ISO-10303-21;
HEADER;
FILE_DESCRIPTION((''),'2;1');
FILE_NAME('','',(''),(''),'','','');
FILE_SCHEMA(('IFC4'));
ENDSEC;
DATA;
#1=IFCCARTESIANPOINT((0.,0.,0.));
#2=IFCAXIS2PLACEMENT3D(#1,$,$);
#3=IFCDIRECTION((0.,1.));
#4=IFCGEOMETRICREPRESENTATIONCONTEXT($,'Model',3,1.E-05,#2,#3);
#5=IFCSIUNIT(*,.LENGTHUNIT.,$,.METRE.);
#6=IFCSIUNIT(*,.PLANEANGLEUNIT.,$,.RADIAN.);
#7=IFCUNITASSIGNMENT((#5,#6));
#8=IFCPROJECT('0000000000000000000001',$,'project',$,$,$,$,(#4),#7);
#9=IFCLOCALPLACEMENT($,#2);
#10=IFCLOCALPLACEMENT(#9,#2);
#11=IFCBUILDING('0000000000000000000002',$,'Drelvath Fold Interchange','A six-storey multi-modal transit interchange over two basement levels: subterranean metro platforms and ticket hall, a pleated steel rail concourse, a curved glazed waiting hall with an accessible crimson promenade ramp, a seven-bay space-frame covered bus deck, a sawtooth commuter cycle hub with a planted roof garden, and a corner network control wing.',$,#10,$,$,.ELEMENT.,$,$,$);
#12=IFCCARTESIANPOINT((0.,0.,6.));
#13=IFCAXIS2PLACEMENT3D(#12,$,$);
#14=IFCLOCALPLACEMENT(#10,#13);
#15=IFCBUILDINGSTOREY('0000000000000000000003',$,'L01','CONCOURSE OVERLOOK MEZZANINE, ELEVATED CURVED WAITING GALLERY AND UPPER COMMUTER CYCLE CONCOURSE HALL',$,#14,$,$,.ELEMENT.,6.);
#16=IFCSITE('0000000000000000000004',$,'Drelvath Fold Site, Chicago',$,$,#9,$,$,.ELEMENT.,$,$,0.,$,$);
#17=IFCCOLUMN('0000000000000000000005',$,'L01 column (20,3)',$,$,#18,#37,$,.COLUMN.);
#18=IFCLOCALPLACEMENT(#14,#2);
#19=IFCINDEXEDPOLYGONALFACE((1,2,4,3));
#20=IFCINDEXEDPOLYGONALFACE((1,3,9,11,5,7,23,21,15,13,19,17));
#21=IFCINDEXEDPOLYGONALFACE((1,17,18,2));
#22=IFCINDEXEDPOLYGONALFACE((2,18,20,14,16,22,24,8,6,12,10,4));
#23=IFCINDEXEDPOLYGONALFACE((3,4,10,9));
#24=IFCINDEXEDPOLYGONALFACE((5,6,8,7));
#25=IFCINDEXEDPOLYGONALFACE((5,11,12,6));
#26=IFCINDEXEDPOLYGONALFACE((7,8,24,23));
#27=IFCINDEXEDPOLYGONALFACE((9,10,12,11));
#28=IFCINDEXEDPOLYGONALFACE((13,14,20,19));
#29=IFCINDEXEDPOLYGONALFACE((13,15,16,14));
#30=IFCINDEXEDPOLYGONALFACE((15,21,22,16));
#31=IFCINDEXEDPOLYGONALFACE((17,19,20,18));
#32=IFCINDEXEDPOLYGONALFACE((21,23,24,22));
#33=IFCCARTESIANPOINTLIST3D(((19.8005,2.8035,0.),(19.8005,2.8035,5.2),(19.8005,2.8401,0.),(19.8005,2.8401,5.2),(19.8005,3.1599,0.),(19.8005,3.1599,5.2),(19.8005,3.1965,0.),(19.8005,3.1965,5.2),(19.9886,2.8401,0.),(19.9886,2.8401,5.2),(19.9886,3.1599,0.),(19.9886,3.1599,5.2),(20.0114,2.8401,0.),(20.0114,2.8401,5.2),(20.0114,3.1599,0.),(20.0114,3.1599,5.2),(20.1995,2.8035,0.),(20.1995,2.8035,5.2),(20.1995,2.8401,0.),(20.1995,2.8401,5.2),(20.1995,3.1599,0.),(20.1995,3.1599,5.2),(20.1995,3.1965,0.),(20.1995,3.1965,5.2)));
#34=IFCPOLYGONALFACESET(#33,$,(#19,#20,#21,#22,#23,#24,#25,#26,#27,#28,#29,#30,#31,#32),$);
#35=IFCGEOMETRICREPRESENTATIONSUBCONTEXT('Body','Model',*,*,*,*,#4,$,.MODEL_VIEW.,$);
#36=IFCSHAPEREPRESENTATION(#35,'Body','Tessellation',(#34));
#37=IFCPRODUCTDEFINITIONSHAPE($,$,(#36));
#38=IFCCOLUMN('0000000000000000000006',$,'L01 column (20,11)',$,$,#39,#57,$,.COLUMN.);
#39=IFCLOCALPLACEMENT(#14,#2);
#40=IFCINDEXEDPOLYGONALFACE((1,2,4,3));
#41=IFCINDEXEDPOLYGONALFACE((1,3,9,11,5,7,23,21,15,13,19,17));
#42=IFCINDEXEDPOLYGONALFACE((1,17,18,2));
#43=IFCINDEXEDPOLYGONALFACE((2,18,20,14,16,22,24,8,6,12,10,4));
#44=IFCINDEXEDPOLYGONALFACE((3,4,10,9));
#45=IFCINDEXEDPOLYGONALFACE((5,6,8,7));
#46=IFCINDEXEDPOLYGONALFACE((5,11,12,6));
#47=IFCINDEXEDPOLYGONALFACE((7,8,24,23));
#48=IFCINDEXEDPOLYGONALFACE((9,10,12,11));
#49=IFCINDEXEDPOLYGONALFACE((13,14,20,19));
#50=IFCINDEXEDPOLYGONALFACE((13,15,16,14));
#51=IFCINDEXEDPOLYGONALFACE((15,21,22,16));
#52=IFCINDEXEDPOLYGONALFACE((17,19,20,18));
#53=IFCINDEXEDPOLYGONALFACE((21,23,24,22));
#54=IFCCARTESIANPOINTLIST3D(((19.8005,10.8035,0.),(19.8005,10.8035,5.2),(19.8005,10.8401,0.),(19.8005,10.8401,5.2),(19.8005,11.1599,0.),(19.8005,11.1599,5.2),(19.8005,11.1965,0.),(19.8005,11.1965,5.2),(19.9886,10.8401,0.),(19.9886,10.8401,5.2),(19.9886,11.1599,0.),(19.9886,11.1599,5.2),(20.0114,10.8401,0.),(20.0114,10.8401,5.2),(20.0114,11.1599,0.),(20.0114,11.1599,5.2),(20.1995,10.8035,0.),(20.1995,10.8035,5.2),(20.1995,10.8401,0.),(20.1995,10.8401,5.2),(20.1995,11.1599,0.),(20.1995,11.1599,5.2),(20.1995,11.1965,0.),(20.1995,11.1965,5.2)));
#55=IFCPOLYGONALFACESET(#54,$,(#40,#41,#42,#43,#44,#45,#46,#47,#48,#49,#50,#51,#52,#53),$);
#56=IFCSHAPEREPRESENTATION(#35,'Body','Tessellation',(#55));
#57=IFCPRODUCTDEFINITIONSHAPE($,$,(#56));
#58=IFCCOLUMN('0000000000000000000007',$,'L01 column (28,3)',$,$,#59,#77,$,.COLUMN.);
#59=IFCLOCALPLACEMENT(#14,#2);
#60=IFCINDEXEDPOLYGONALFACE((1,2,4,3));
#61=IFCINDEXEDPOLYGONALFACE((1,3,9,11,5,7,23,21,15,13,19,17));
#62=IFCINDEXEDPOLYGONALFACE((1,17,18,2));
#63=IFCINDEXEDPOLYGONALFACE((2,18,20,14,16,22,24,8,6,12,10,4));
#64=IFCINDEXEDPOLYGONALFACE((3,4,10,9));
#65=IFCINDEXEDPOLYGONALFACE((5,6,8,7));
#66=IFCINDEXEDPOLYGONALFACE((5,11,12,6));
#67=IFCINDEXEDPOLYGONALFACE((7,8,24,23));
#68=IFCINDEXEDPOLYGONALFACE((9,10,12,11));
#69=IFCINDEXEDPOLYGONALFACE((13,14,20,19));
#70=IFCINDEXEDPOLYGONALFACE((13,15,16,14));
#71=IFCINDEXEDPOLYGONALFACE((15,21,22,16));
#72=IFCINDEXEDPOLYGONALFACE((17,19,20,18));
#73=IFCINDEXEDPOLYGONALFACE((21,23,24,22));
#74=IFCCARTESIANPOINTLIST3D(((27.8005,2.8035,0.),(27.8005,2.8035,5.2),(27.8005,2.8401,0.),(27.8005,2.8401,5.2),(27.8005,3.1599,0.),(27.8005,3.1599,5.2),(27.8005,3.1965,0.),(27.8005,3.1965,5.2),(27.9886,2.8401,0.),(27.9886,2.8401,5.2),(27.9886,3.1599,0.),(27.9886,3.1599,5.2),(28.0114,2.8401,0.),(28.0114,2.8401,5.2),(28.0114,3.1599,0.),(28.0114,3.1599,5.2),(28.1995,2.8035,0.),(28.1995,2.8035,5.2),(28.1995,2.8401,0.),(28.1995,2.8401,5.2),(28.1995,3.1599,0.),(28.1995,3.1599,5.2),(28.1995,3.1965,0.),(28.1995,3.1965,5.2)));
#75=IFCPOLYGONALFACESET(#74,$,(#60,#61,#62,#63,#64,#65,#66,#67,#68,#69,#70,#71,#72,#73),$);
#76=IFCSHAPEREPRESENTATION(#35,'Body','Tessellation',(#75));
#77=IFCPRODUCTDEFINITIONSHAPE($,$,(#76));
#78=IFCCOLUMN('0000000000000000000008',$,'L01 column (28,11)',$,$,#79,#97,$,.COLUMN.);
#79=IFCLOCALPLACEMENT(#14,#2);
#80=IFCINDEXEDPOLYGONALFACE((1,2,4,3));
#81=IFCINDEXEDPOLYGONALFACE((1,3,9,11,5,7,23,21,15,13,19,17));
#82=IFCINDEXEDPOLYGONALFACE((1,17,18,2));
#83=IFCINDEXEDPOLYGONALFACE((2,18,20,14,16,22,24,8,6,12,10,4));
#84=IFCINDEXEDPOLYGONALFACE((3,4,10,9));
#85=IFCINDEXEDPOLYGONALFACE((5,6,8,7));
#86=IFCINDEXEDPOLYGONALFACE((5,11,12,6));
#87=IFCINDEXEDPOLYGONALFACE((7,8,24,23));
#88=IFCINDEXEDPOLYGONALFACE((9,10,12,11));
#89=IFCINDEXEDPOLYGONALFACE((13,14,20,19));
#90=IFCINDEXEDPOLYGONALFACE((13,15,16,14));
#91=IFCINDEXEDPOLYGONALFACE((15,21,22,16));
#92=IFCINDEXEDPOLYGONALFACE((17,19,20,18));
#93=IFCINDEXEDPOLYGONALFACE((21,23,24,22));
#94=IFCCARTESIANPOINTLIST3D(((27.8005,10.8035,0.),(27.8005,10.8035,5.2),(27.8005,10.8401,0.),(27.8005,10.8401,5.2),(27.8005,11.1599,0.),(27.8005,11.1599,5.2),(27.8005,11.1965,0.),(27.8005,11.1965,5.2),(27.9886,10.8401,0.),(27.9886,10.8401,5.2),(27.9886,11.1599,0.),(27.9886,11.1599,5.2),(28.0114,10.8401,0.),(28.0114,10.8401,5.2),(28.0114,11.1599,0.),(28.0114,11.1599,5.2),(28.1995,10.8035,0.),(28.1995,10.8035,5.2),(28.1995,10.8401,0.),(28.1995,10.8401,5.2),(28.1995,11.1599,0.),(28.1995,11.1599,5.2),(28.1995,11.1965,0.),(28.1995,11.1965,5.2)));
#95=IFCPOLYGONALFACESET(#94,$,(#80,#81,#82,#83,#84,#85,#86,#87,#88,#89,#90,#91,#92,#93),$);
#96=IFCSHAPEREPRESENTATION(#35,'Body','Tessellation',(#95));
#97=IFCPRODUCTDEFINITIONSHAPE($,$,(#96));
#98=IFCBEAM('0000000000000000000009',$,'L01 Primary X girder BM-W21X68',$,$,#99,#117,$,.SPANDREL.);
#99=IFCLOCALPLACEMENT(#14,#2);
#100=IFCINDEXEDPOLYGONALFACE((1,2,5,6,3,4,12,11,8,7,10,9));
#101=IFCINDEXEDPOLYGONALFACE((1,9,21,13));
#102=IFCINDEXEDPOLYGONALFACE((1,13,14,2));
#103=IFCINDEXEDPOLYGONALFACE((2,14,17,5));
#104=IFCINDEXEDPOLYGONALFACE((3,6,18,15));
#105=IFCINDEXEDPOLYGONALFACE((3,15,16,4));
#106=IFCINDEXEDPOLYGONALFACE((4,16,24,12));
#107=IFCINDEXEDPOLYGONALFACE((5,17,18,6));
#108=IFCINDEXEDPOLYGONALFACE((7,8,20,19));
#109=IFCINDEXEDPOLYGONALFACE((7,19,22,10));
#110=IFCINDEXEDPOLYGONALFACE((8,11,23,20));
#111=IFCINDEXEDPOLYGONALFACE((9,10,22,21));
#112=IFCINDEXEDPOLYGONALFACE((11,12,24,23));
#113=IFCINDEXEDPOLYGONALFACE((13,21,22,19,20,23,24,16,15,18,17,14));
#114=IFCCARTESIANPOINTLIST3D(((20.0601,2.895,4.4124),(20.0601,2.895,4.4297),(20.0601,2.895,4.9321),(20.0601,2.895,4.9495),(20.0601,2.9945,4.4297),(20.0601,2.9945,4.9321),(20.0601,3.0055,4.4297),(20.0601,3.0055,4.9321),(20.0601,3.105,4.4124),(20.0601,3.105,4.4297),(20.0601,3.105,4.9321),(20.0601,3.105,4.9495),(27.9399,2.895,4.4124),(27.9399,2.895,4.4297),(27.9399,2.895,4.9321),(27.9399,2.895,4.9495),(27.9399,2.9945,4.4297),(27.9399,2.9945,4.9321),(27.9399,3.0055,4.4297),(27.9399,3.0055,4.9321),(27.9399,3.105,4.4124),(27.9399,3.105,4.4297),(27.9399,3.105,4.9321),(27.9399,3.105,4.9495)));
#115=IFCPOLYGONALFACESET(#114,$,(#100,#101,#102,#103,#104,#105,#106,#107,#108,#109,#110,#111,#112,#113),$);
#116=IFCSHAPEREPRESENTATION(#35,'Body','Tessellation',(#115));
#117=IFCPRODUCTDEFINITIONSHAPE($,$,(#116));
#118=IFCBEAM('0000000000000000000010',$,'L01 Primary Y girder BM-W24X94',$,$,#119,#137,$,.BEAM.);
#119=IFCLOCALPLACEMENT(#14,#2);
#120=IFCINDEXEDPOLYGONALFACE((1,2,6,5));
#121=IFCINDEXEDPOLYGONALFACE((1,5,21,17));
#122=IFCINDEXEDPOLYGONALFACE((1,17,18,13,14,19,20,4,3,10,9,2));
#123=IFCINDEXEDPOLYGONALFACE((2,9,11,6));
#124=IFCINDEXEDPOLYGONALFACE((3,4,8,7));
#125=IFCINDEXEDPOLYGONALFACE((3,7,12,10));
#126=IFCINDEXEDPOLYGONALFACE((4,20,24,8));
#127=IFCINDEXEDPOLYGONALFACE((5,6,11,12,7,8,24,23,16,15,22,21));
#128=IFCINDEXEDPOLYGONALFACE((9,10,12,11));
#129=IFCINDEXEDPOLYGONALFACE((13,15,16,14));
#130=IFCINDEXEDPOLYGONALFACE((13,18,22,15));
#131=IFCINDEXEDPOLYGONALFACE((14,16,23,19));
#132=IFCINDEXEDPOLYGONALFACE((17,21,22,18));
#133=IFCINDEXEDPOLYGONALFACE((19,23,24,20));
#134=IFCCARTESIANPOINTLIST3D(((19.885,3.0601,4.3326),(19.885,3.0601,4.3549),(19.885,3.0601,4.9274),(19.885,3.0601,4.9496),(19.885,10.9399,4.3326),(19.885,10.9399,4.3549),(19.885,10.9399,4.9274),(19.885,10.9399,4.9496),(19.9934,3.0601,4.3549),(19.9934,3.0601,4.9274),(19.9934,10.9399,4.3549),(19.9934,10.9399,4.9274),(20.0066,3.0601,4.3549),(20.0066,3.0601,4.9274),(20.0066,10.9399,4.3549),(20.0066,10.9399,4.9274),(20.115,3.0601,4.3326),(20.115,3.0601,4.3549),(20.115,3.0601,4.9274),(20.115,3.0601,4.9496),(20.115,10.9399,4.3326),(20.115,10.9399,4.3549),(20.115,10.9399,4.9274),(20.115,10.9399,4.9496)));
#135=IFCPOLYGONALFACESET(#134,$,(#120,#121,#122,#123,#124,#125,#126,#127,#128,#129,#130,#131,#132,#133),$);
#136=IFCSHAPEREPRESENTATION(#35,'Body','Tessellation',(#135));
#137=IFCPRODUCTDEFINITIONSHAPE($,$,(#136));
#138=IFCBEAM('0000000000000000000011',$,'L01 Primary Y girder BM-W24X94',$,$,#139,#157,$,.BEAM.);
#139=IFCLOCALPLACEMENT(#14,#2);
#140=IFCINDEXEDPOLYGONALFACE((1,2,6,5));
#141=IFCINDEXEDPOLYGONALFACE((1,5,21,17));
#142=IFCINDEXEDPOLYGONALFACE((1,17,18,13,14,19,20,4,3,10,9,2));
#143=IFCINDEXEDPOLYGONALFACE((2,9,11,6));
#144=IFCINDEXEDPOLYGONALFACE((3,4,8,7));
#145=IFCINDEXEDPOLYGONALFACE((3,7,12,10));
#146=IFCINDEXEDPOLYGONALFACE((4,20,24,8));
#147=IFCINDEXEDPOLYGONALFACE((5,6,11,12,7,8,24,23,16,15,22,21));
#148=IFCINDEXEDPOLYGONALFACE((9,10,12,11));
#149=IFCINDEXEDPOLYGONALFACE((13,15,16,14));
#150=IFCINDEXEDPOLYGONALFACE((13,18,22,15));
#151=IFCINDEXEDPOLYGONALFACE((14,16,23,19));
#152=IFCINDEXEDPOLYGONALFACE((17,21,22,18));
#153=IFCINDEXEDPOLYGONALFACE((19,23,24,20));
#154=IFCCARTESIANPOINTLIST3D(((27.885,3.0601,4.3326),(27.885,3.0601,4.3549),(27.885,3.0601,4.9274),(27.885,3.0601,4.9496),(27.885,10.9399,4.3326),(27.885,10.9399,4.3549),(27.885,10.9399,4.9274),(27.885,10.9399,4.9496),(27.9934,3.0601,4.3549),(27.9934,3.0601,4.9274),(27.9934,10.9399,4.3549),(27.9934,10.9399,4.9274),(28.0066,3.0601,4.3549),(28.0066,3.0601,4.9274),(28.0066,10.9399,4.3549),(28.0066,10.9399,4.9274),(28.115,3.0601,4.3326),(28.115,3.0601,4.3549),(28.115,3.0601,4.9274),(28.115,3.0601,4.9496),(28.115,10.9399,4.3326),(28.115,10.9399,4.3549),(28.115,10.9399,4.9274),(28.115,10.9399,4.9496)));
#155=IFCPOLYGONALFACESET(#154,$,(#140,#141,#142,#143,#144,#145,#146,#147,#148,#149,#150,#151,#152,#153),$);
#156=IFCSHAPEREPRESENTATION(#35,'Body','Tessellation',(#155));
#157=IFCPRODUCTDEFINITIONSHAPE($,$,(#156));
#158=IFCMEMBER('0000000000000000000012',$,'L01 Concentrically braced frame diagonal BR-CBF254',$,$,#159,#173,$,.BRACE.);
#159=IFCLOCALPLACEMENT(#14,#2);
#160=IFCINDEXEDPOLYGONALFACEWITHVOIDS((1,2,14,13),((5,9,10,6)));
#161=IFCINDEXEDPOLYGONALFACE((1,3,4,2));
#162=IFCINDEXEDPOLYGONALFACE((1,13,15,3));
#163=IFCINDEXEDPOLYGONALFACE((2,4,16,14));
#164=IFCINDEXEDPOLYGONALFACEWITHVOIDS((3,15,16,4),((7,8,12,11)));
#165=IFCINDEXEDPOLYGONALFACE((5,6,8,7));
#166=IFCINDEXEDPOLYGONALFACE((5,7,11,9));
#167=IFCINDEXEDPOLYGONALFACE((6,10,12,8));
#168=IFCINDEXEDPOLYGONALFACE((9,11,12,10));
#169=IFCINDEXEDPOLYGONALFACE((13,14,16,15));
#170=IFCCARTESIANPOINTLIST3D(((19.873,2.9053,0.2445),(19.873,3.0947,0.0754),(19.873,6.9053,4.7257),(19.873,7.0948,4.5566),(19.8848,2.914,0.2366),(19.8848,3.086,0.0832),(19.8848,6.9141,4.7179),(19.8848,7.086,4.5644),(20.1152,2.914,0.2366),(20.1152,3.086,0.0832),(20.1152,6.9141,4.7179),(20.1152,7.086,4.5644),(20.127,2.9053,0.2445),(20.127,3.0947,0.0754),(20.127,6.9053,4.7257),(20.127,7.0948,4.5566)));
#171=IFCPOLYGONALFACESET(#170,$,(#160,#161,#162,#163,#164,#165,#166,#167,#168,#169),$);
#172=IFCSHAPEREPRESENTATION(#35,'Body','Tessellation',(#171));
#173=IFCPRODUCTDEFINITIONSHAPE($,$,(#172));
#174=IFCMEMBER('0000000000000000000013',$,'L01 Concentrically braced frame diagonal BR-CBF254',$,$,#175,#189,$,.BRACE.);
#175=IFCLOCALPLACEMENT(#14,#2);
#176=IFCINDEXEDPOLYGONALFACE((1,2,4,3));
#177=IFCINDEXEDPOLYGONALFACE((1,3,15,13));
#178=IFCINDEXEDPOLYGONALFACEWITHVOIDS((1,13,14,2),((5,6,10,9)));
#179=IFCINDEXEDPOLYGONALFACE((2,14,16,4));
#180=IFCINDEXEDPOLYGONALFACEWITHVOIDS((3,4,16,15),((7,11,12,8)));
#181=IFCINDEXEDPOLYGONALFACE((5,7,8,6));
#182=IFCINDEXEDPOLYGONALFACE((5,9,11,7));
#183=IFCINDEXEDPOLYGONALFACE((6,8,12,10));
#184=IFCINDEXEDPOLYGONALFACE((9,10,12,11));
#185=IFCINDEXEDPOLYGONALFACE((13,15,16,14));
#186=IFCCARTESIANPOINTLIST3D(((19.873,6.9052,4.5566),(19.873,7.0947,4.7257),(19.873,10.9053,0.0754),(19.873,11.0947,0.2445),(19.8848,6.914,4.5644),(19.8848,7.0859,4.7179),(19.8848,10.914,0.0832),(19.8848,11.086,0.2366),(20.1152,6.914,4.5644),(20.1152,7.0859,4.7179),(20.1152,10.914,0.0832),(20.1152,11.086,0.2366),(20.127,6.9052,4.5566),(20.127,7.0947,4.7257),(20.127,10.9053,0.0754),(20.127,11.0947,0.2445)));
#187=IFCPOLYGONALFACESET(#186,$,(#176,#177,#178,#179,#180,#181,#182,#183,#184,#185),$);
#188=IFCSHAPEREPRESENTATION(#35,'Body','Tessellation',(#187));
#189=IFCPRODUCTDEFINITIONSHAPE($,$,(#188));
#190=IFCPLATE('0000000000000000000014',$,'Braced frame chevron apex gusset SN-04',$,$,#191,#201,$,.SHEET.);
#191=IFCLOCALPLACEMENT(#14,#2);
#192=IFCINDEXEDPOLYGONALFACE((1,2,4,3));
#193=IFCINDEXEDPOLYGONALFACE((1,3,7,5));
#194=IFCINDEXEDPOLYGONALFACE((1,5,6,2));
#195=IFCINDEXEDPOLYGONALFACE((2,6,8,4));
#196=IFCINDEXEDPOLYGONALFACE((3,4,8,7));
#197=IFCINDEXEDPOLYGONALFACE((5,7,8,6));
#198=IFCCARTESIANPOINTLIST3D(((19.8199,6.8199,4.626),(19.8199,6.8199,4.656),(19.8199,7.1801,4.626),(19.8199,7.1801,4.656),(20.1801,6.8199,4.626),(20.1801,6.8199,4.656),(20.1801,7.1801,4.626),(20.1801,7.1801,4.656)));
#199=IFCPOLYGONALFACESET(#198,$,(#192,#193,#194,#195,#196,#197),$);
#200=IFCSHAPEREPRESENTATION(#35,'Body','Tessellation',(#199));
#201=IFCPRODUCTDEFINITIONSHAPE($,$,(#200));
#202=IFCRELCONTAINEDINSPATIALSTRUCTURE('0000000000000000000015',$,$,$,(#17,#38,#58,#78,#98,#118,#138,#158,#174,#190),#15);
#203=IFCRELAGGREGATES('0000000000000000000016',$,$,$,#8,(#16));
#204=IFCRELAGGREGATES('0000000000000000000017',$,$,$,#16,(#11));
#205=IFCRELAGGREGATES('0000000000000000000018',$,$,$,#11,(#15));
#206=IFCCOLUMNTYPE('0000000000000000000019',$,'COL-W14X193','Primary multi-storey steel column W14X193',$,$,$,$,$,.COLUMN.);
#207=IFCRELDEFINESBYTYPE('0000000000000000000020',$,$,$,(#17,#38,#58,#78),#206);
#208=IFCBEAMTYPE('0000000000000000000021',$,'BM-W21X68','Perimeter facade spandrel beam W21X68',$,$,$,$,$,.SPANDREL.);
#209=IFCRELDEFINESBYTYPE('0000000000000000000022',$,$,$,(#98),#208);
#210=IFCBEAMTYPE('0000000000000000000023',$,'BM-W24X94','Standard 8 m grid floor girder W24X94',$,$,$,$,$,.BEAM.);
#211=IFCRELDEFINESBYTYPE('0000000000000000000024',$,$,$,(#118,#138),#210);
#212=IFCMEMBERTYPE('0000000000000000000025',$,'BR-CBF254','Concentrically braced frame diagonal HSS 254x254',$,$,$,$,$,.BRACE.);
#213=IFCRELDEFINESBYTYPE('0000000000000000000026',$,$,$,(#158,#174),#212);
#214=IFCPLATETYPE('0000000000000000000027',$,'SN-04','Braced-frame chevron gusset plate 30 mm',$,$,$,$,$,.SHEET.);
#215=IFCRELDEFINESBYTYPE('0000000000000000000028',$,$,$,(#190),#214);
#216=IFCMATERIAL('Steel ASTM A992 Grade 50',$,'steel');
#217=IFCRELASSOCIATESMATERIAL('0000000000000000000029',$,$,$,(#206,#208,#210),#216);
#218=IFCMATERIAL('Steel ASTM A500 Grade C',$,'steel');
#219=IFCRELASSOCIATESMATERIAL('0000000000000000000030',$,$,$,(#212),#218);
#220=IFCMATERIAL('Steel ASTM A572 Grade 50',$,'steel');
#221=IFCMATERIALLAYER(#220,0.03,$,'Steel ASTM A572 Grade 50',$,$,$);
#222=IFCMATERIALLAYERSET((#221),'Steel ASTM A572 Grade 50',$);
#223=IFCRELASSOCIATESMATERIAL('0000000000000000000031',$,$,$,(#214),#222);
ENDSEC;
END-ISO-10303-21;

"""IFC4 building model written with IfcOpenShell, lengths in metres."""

from ifc_helpers import new_model, si_unit, direction, frame, origin, origin_2d, place, context, subcontext, project, spatial, rectangle, hollow_rectangle, i_section, extrude, material, layer, layer_set, material_profile, profile_set, type_object, element, save


model = new_model("IFC4")

# Units and contexts
model_context = context("Model", 3, precision=1e-05, world=origin(), true_north=direction((0.0, 1.0)))
body_context = subcontext(model_context, "Body", "Model", "MODEL_VIEW")
ifc_project = project(units=[si_unit("LENGTHUNIT", "METRE"), si_unit("PLANEANGLEUNIT", "RADIAN")], contexts=[model_context])

# Site, building, storey
site_placement = place(None, origin())
site = spatial("IfcSite", under=ifc_project, at=site_placement, Name="Drelvath Fold Site, Chicago", CompositionType="ELEMENT", RefElevation=0.0)
building_placement = place(site_placement, origin())
building = spatial("IfcBuilding", under=site, at=building_placement, Name="Drelvath Fold Interchange", Description="A six-storey multi-modal transit interchange over two basement levels: subterranean metro platforms and ticket hall, a pleated steel rail concourse, a curved glazed waiting hall with an accessible crimson promenade ramp, a seven-bay space-frame covered bus deck, a sawtooth commuter cycle hub with a planted roof garden, and a corner network control wing.", CompositionType="ELEMENT")
storey_placement = place(building_placement, frame((0.0, 0.0, 6.0)))
storey = spatial("IfcBuildingStorey", under=building, at=storey_placement, Name="L01", Description="CONCOURSE OVERLOOK MEZZANINE, ELEVATED CURVED WAITING GALLERY AND UPPER COMMUTER CYCLE CONCOURSE HALL", CompositionType="ELEMENT", Elevation=6.0)

# Columns
ifc_material_1 = material(Name="Steel ASTM A992 Grade 50", Category="steel")
ifc_material_profile_1 = material_profile(ifc_material_1, i_section(OverallWidth=0.3989, OverallDepth=0.3931, WebThickness=0.0227, FlangeThickness=0.0366, at=origin_2d()), Name="W14X193")
ifc_profile_set_1 = profile_set([ifc_material_profile_1], Name="Steel ASTM A992 Grade 50")
column_type = type_object("IfcColumnType", Name="COL-W14X193", Description="Primary multi-storey steel column W14X193", PredefinedType="COLUMN", material=ifc_profile_set_1)
for number, where, z_axis, x_axis, name in (
    (1, (20.0, 3.0, 0.0), (0.0, 0.0, 1.0), (1.0, 0.0, 0.0), "L01 column (20,3)"),
    (2, (20.0, 11.0, 0.0), (0.0, 0.0, 1.0), (1.0, 0.0, 0.0), "L01 column (20,11)"),
    (3, (28.0, 3.0, 0.0), (0.0, 0.0, 1.0), (1.0, 0.0, 0.0), "L01 column (28,3)"),
    (4, (28.0, 11.0, 0.0), (0.0, 0.0, 1.0), (1.0, 0.0, 0.0), "L01 column (28,11)"),
):
    element("IfcColumn", number, at=place(storey_placement, frame(where, z_axis=z_axis, x_axis=x_axis)), inside=storey, type_object=column_type, Name=name, PredefinedType="COLUMN", context=body_context, shape_type="SweptSolid", body=[
        extrude(i_section(OverallWidth=0.3989, OverallDepth=0.3931, WebThickness=0.0227, FlangeThickness=0.0366, at=origin_2d()), origin(), (0.0, 0.0, 1.0), 5.2),
    ])

# Beams
ifc_material_profile_2 = material_profile(ifc_material_1, i_section(OverallWidth=0.21, OverallDepth=0.5371, WebThickness=0.011, FlangeThickness=0.0173, at=origin_2d()), Name="W21X68")
ifc_profile_set_2 = profile_set([ifc_material_profile_2], Name="Steel ASTM A992 Grade 50")
beam_type_1 = type_object("IfcBeamType", Name="BM-W21X68", Description="Perimeter facade spandrel beam W21X68", PredefinedType="SPANDREL", material=ifc_profile_set_2)
beam_placement = place(storey_placement, frame((20.0601, 3.0, 4.6809), z_axis=(1.0, 0.0, 0.0), x_axis=(0.0, 1.0, 0.0)))
element("IfcBeam", 5, at=beam_placement, inside=storey, type_object=beam_type_1, Name="L01 Primary X girder BM-W21X68", PredefinedType="SPANDREL", context=body_context, shape_type="SweptSolid", body=[
    extrude(i_section(OverallWidth=0.21, OverallDepth=0.5371, WebThickness=0.011, FlangeThickness=0.0173, at=origin_2d()), origin(), (0.0, 0.0, 1.0), 7.8799),
])
ifc_material_profile_3 = material_profile(ifc_material_1, i_section(OverallWidth=0.23, OverallDepth=0.6169, WebThickness=0.0132, FlangeThickness=0.0222, at=origin_2d()), Name="W24X94")
ifc_profile_set_3 = profile_set([ifc_material_profile_3], Name="Steel ASTM A992 Grade 50")
beam_type_2 = type_object("IfcBeamType", Name="BM-W24X94", Description="Standard 8 m grid floor girder W24X94", PredefinedType="BEAM", material=ifc_profile_set_3)
for number, where, z_axis, x_axis, name in (
    (6, (20.0, 3.0601, 4.6411), (0.0, 1.0, 0.0), (-1.0, 0.0, 0.0), "L01 Primary Y girder BM-W24X94"),
    (7, (28.0, 3.0601, 4.6411), (0.0, 1.0, 0.0), (-1.0, 0.0, 0.0), "L01 Primary Y girder BM-W24X94"),
):
    element("IfcBeam", number, at=place(storey_placement, frame(where, z_axis=z_axis, x_axis=x_axis)), inside=storey, type_object=beam_type_2, Name=name, PredefinedType="BEAM", context=body_context, shape_type="SweptSolid", body=[
        extrude(i_section(OverallWidth=0.23, OverallDepth=0.6169, WebThickness=0.0132, FlangeThickness=0.0222, at=origin_2d()), origin(), (0.0, 0.0, 1.0), 7.8799),
    ])

# Members
ifc_material_2 = material(Name="Steel ASTM A500 Grade C", Category="steel")
ifc_material_profile_4 = material_profile(ifc_material_2, hollow_rectangle(XDim=0.2539, YDim=0.2539, WallThickness=0.0117, at=origin_2d()), Name="HSS10X10X1/2")
ifc_profile_set_4 = profile_set([ifc_material_profile_4], Name="Steel ASTM A500 Grade C")
member_type = type_object("IfcMemberType", Name="BR-CBF254", Description="Concentrically braced frame diagonal HSS 254x254", PredefinedType="BRACE", material=ifc_profile_set_4)
for number, where, z_axis, x_axis, name in (
    (8, (20.0, 3.0, 0.1599), (0.0, 0.665916, 0.746026), (-1.0, 0.0, 0.0), "L01 Concentrically braced frame diagonal BR-CBF254"),
    (9, (20.0, 11.0, 0.1599), (0.0, -0.665916, 0.746026), (1.0, 0.0, 0.0), "L01 Concentrically braced frame diagonal BR-CBF254"),
):
    element("IfcMember", number, at=place(storey_placement, frame(where, z_axis=z_axis, x_axis=x_axis)), inside=storey, type_object=member_type, Name=name, PredefinedType="BRACE", context=body_context, shape_type="SweptSolid", body=[
        extrude(hollow_rectangle(XDim=0.2539, YDim=0.2539, WallThickness=0.0117, at=origin_2d()), origin(), (0.0, 0.0, 1.0), 6.0068),
    ])

# Plate
ifc_material_3 = material(Name="Steel ASTM A572 Grade 50", Category="steel")
ifc_layer_1 = layer(ifc_material_3, 0.03, Name="Steel ASTM A572 Grade 50")
ifc_layer_set_1 = layer_set([ifc_layer_1], Name="Steel ASTM A572 Grade 50")
plate_type = type_object("IfcPlateType", Name="SN-04", Description="Braced-frame chevron gusset plate 30 mm", PredefinedType="SHEET", material=ifc_layer_set_1)
for number, where, z_axis, x_axis, name in (
    (10, (20.0, 7.0, 4.626), (0.0, 0.0, 1.0), (1.0, 0.0, 0.0), "Braced frame chevron apex gusset SN-04"),
):
    element("IfcPlate", number, at=place(storey_placement, frame(where, z_axis=z_axis, x_axis=x_axis)), inside=storey, type_object=plate_type, Name=name, PredefinedType="SHEET", context=body_context, shape_type="SweptSolid", body=[
        extrude(rectangle(XDim=0.3601, YDim=0.3601, at=origin_2d()), origin(), (0.0, 0.0, 1.0), 0.03),
    ])

save(model, "model.ifc")
